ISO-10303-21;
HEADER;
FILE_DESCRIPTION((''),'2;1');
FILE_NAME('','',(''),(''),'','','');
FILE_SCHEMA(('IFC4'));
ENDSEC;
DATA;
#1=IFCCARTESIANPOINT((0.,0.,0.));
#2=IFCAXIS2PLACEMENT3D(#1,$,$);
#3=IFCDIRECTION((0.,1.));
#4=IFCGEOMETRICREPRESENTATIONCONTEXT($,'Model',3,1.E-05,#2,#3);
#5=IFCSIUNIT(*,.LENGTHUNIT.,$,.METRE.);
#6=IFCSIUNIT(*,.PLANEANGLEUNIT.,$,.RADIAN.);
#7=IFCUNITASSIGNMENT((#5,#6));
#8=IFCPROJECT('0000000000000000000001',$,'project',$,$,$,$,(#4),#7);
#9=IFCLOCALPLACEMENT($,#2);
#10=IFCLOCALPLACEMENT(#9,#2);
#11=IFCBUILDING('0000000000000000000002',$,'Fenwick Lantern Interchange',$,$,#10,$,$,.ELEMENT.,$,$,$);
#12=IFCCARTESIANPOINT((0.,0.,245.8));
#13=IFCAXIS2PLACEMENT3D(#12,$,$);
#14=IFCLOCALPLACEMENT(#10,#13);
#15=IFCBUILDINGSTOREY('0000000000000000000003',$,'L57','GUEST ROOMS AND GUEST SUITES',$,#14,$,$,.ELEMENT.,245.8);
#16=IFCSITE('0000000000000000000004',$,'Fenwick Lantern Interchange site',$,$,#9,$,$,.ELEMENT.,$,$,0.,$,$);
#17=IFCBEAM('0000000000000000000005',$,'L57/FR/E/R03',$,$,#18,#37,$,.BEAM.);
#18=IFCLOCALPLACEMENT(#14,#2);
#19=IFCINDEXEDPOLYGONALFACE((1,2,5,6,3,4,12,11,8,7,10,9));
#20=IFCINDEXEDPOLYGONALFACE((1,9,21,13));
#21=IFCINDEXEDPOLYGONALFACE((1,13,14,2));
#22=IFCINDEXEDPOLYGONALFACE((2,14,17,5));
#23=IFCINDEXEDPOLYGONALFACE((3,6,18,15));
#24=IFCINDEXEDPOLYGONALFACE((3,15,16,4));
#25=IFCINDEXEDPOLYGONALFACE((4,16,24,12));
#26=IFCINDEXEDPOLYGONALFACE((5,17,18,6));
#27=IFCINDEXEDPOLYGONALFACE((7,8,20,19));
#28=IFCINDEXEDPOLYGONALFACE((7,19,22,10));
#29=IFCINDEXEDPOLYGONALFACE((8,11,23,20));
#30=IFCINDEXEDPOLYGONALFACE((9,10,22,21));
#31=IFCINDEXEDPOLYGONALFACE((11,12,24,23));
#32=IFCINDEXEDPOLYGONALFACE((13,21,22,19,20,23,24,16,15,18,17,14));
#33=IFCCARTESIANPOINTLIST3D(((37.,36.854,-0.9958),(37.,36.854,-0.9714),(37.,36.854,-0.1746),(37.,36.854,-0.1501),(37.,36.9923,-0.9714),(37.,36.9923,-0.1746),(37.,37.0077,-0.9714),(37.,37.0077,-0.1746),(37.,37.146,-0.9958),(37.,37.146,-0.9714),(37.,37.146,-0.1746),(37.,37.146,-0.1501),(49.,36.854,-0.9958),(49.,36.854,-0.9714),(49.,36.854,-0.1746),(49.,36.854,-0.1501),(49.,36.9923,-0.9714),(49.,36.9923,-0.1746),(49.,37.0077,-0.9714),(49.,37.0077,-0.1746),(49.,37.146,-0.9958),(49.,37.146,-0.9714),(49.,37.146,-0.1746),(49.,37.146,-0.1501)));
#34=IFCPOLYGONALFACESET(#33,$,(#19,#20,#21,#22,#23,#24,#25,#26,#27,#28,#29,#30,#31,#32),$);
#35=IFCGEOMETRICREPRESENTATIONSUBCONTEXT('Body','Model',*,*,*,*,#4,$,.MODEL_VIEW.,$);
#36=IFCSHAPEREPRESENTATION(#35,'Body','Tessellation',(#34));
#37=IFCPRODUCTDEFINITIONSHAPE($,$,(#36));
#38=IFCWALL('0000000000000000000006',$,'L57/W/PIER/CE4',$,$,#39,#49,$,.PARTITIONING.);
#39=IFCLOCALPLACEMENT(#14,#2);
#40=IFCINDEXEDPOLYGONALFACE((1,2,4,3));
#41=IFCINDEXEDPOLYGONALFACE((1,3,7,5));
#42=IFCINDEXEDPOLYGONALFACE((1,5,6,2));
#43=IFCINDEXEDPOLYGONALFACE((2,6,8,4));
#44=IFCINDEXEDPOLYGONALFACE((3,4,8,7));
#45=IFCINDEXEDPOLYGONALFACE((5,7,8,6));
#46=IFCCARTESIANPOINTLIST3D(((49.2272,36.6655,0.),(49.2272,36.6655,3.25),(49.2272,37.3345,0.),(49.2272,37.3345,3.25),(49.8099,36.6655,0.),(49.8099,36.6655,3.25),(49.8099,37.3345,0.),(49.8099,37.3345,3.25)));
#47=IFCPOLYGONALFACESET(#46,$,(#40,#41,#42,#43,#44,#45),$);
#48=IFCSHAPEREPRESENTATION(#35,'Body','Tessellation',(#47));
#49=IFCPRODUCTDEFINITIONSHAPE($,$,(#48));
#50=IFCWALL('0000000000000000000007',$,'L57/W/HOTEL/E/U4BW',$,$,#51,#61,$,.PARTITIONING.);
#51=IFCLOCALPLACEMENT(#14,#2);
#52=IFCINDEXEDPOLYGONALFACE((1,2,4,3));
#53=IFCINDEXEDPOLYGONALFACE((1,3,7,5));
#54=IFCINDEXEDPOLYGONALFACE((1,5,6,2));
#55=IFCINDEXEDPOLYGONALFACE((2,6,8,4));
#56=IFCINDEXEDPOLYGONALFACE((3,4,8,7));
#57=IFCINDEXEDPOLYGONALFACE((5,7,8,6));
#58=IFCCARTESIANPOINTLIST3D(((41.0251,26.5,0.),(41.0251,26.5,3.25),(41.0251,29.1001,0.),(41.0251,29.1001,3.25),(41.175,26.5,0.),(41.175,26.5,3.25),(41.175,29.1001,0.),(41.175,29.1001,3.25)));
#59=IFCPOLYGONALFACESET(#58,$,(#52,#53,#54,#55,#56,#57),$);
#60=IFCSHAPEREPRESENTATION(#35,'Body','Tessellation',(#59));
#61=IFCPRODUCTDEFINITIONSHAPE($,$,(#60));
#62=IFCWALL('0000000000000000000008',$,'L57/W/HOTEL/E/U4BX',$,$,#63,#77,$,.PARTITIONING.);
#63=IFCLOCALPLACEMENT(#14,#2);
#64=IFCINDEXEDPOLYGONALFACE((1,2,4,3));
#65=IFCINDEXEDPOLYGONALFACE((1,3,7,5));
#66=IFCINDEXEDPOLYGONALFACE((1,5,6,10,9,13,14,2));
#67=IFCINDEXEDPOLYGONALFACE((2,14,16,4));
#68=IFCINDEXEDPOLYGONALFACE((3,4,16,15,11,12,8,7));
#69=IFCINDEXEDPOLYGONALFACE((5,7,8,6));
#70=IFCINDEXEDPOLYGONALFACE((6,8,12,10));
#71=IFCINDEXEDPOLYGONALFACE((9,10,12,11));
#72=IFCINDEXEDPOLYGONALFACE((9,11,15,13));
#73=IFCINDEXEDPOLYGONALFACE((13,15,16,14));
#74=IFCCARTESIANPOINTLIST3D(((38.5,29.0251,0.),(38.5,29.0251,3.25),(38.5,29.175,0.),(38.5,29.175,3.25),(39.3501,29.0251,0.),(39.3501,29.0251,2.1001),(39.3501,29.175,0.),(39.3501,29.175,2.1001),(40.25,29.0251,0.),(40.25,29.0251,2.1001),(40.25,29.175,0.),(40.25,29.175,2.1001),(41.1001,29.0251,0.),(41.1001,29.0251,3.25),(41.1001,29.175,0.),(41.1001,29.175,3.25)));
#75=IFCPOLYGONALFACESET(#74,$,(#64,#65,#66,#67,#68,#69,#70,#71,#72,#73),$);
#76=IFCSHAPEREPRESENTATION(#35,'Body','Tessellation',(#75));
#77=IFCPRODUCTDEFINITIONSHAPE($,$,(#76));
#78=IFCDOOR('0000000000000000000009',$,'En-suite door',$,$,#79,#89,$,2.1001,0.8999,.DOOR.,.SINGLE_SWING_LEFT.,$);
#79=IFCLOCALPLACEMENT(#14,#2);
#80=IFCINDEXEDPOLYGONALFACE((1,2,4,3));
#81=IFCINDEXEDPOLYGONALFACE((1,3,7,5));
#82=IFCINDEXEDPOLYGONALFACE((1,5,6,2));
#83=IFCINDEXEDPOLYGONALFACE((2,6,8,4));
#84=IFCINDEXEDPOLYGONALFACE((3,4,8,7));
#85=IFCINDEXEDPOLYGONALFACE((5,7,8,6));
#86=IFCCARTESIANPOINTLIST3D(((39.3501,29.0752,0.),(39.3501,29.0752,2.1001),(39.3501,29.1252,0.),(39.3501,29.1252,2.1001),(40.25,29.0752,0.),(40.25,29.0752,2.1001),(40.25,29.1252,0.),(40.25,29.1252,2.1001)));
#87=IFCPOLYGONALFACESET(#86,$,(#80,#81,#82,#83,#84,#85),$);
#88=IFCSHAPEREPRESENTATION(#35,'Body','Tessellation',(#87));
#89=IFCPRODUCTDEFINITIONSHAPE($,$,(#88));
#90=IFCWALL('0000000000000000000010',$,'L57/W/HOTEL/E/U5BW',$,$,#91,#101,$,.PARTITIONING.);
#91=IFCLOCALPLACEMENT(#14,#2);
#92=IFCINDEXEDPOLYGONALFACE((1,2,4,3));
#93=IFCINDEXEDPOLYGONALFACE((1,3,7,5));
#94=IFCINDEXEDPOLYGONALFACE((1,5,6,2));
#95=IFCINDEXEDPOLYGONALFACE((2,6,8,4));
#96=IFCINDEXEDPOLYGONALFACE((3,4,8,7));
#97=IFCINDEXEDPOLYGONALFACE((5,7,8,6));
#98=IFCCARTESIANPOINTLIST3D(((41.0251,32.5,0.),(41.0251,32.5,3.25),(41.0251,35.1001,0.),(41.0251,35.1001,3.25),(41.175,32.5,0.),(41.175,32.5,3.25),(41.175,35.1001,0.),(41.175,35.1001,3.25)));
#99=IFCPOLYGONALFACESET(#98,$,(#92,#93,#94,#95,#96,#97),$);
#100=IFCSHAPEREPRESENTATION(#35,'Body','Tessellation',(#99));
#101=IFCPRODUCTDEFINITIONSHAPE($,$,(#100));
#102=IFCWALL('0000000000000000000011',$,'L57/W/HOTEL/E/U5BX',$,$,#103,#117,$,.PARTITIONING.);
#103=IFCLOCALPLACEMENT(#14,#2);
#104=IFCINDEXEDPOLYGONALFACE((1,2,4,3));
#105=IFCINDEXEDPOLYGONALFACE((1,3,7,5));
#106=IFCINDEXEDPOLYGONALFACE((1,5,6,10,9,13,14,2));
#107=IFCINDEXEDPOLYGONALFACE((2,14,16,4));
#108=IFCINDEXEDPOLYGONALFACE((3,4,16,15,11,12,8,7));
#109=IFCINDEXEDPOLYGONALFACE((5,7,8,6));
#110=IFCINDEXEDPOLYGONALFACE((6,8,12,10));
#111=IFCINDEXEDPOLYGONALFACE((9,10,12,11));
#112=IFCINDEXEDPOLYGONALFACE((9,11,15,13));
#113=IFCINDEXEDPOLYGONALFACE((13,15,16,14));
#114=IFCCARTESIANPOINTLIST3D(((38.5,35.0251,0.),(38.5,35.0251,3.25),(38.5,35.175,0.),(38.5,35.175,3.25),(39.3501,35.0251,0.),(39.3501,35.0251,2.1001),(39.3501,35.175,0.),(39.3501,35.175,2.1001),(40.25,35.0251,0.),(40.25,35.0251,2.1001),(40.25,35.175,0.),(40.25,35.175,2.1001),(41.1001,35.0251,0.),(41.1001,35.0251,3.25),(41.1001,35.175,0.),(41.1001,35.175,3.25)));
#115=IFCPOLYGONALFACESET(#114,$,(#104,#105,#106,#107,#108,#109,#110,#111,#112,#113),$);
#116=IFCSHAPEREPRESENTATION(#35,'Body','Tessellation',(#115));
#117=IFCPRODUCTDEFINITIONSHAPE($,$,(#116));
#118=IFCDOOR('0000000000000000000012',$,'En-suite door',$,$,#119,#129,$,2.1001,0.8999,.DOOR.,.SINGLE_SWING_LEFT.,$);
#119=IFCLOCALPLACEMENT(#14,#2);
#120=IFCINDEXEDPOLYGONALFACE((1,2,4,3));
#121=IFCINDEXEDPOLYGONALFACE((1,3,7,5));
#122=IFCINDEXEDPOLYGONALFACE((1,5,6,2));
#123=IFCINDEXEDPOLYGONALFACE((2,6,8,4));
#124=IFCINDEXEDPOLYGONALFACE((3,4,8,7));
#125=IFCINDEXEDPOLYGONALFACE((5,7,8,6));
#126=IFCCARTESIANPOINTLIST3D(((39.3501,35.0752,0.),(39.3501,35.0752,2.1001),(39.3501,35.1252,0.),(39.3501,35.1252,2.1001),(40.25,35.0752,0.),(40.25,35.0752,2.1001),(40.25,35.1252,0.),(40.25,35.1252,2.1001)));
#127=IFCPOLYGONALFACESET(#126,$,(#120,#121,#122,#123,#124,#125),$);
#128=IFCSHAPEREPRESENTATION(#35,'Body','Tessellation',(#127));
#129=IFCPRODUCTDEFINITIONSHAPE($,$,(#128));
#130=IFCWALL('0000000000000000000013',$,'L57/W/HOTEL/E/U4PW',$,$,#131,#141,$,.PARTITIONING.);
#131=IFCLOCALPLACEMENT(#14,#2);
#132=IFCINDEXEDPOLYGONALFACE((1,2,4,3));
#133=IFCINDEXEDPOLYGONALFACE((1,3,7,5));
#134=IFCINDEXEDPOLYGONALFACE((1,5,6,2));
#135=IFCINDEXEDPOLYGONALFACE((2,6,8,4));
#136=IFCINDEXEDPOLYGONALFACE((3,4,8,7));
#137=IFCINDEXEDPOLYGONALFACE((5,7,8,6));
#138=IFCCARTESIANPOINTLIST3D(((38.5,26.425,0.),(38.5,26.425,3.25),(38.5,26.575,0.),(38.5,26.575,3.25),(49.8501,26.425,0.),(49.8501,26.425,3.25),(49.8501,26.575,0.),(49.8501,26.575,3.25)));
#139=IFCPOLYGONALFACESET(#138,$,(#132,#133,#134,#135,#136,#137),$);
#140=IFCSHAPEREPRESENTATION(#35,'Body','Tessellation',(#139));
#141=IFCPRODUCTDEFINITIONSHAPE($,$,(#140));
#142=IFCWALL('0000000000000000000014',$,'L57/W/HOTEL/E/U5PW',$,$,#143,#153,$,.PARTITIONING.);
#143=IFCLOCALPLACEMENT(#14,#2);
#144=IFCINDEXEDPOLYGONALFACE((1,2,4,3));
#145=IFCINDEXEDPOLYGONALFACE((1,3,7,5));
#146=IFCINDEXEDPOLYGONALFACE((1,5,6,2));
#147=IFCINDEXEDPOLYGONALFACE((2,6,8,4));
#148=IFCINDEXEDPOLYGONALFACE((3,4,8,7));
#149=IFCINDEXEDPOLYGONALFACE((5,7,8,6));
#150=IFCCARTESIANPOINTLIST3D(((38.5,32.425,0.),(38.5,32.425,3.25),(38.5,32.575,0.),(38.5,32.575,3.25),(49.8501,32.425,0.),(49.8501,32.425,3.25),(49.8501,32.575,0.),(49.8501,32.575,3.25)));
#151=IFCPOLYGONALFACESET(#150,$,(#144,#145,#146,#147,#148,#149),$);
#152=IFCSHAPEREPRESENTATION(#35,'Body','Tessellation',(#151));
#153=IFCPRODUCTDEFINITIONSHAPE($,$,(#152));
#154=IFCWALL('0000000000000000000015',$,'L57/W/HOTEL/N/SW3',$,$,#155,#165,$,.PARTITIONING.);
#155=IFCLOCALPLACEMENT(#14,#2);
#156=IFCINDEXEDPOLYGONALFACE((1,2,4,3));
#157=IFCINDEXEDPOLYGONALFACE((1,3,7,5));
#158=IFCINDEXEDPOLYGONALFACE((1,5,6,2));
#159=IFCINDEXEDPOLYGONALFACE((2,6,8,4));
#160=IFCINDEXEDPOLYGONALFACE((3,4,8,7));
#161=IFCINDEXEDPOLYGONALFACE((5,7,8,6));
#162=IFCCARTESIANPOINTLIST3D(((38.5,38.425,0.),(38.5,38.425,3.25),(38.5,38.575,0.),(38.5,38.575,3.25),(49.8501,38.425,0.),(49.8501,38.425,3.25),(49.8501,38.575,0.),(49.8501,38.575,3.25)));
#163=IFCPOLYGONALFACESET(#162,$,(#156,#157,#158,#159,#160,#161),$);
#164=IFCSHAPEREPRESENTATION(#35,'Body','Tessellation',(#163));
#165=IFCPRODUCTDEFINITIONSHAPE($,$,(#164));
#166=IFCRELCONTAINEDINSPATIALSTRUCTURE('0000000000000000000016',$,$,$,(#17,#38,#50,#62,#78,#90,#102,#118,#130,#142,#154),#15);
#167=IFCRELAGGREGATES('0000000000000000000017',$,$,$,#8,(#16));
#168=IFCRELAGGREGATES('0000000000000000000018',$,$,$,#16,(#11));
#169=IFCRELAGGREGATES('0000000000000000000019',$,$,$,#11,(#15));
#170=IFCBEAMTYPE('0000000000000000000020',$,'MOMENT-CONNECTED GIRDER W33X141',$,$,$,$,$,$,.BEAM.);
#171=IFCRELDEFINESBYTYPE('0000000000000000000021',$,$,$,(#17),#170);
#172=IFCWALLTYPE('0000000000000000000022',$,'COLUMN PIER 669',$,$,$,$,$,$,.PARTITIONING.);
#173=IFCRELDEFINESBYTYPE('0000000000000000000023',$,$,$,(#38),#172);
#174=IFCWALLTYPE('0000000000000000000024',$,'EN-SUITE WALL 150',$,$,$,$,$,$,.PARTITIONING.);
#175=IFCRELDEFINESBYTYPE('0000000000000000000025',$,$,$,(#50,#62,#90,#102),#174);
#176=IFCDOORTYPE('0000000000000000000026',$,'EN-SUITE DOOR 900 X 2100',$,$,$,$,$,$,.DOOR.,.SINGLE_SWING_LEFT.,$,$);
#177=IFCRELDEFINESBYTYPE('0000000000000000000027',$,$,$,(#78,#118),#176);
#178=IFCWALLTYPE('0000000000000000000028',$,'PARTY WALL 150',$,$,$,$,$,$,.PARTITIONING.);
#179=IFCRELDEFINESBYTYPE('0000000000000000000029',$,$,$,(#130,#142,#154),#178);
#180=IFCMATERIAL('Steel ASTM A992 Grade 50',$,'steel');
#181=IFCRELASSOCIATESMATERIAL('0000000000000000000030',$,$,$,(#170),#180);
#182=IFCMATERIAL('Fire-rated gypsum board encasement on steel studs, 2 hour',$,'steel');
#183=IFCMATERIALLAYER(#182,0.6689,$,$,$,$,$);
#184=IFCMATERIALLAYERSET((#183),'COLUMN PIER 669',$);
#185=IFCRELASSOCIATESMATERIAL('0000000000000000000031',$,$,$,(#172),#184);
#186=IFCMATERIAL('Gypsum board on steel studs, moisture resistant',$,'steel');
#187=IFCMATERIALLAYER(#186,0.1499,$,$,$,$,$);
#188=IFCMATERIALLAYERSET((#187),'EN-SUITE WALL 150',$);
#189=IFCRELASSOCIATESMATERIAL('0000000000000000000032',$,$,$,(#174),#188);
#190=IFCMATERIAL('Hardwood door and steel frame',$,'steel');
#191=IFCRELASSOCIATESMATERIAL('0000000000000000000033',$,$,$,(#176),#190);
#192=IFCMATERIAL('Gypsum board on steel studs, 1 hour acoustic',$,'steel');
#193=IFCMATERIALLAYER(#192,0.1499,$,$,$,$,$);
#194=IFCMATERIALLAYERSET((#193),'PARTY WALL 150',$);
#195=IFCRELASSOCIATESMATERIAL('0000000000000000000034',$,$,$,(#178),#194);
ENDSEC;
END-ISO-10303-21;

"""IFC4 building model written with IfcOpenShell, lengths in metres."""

from ifc_helpers import new_model, si_unit, direction, frame, frame_2d, origin, origin_2d, place, context, subcontext, project, spatial, rectangle, i_section, extrude, material, layer, layer_set, material_profile, profile_set, type_object, element, fill, save


model = new_model("IFC4")

# Units and contexts
model_context = context("Model", 3, precision=1e-05, world=origin(), true_north=direction((0.0, 1.0)))
body_context = subcontext(model_context, "Body", "Model", "MODEL_VIEW")
ifc_project = project(units=[si_unit("LENGTHUNIT", "METRE"), si_unit("PLANEANGLEUNIT", "RADIAN")], contexts=[model_context])

# Site, building, storey
site_placement = place(None, origin())
site = spatial("IfcSite", under=ifc_project, at=site_placement, Name="Fenwick Lantern Interchange site", CompositionType="ELEMENT", RefElevation=0.0)
building_placement = place(site_placement, origin())
building = spatial("IfcBuilding", under=site, at=building_placement, Name="Fenwick Lantern Interchange", CompositionType="ELEMENT")
storey_placement = place(building_placement, frame((0.0, 0.0, 245.8)))
storey = spatial("IfcBuildingStorey", under=building, at=storey_placement, Name="L57", Description="GUEST ROOMS AND GUEST SUITES", CompositionType="ELEMENT", Elevation=245.8)

# Shared definitions
ifc_material_1 = material(Name="Steel ASTM A992 Grade 50", Category="steel")

# Beam
ifc_material_profile_1 = material_profile(ifc_material_1, i_section(OverallWidth=0.292, OverallDepth=0.8457, WebThickness=0.0154, FlangeThickness=0.0244, at=origin_2d()), Name="W33X141")
ifc_profile_set_1 = profile_set([ifc_material_profile_1], Name="Steel ASTM A992 Grade 50")
beam_type_1 = type_object("IfcBeamType", Name="MOMENT-CONNECTED GIRDER W33X141", PredefinedType="BEAM", material=ifc_profile_set_1)
beam_1_placement = place(storey_placement, frame((49.0, 37.0, -0.573), z_axis=(-1.0, 0.0, 0.0), x_axis=(0.0, -1.0, 0.0)))
element("IfcBeam", 1, at=beam_1_placement, inside=storey, type_object=beam_type_1, Name="L57/FR/E/R03", PredefinedType="BEAM", context=body_context, shape_type="SweptSolid", body=[
    extrude(i_section(OverallWidth=0.292, OverallDepth=0.8457, WebThickness=0.0154, FlangeThickness=0.0244, at=origin_2d()), origin(), (0.0, 0.0, 1.0), 12.0),
])

# Walls
ifc_material_2 = material(Name="Fire-rated gypsum board encasement on steel studs, 2 hour", Category="steel")
ifc_layer_1 = layer(ifc_material_2, 0.6689)
ifc_layer_set_1 = layer_set([ifc_layer_1], Name="COLUMN PIER 669")
wall_type_1 = type_object("IfcWallType", Name="COLUMN PIER 669", PredefinedType="PARTITIONING", material=ifc_layer_set_1)
wall_1_placement = place(storey_placement, frame((49.8101, 37.0, 0.0), z_axis=(0.0, 0.0, 1.0), x_axis=(-1.0, 0.0, 0.0)))
element("IfcWall", 2, at=wall_1_placement, inside=storey, type_object=wall_type_1, Name="L57/W/PIER/CE4", PredefinedType="PARTITIONING", context=body_context, shape_type="SweptSolid", body=[
    extrude(rectangle(XDim=0.5828, YDim=0.6689, at=frame_2d((0.2915, 0.0))), origin(), (0.0, 0.0, 1.0), 3.25),
])
ifc_material_3 = material(Name="Gypsum board on steel studs, moisture resistant", Category="steel")
ifc_layer_2 = layer(ifc_material_3, 0.1499)
ifc_layer_set_2 = layer_set([ifc_layer_2], Name="EN-SUITE WALL 150")
wall_type_2 = type_object("IfcWallType", Name="EN-SUITE WALL 150", PredefinedType="PARTITIONING", material=ifc_layer_set_2)
wall_2_placement = place(storey_placement, frame((41.1001, 26.5, 0.0), z_axis=(0.0, 0.0, 1.0), x_axis=(0.0, 1.0, 0.0)))
element("IfcWall", 3, at=wall_2_placement, inside=storey, type_object=wall_type_2, Name="L57/W/HOTEL/E/U4BW", PredefinedType="PARTITIONING", context=body_context, shape_type="SweptSolid", body=[
    extrude(rectangle(XDim=2.6001, YDim=0.1499, at=frame_2d((1.3, 0.0))), origin(), (0.0, 0.0, 1.0), 3.25),
])

# Wall, opening, door
wall_3_placement = place(storey_placement, frame((41.1001, 29.1001, 0.0), z_axis=(0.0, 0.0, 1.0), x_axis=(-1.0, 0.0, 0.0)))
wall_3 = element("IfcWall", 4, at=wall_3_placement, inside=storey, type_object=wall_type_2, Name="L57/W/HOTEL/E/U4BX", PredefinedType="PARTITIONING", context=body_context, shape_type="SweptSolid", body=[
    extrude(rectangle(XDim=2.6001, YDim=0.1499, at=frame_2d((1.3, 0.0))), origin(), (0.0, 0.0, 1.0), 3.25),
])
opening_1_placement = place(wall_3_placement, frame((0.8501, 0.0, 0.0)))
opening_1 = element("IfcOpeningElement", 5, at=opening_1_placement, cuts=wall_3, PredefinedType="OPENING", context=body_context, shape_type="SweptSolid", body=[
    extrude(rectangle(XDim=0.8999, YDim=2.1001, at=frame_2d((0.45, 1.05))), frame((0.0, 0.085, 0.0), z_axis=(0.0, -1.0, 0.0), x_axis=(1.0, 0.0, 0.0)), (0.0, 0.0, 1.0), 0.1699),
])
ifc_material_4 = material(Name="Hardwood door and steel frame", Category="steel")
door_type = type_object("IfcDoorType", Name="EN-SUITE DOOR 900 X 2100", OperationType="SINGLE_SWING_LEFT", PredefinedType="DOOR", material=ifc_material_4)
door_1_placement = place(opening_1_placement, origin())
door_1 = element("IfcDoor", 6, at=door_1_placement, inside=storey, type_object=door_type, Name="En-suite door", OperationType="SINGLE_SWING_LEFT", OverallHeight=2.1001, OverallWidth=0.8999, PredefinedType="DOOR", context=body_context, shape_type="SweptSolid", body=[
    extrude(rectangle(XDim=0.8999, YDim=2.1001, at=frame_2d((0.45, 1.05))), frame((0.0, 0.0249, 0.0), z_axis=(0.0, -1.0, 0.0), x_axis=(1.0, 0.0, 0.0)), (0.0, 0.0, 1.0), 0.05),
])
fill(opening_1, door_1)

# Wall
wall_4_placement = place(storey_placement, frame((41.1001, 32.5, 0.0), z_axis=(0.0, 0.0, 1.0), x_axis=(0.0, 1.0, 0.0)))
element("IfcWall", 7, at=wall_4_placement, inside=storey, type_object=wall_type_2, Name="L57/W/HOTEL/E/U5BW", PredefinedType="PARTITIONING", context=body_context, shape_type="SweptSolid", body=[
    extrude(rectangle(XDim=2.6001, YDim=0.1499, at=frame_2d((1.3, 0.0))), origin(), (0.0, 0.0, 1.0), 3.25),
])

# Wall, opening, door
wall_5_placement = place(storey_placement, frame((41.1001, 35.1001, 0.0), z_axis=(0.0, 0.0, 1.0), x_axis=(-1.0, 0.0, 0.0)))
wall_5 = element("IfcWall", 8, at=wall_5_placement, inside=storey, type_object=wall_type_2, Name="L57/W/HOTEL/E/U5BX", PredefinedType="PARTITIONING", context=body_context, shape_type="SweptSolid", body=[
    extrude(rectangle(XDim=2.6001, YDim=0.1499, at=frame_2d((1.3, 0.0))), origin(), (0.0, 0.0, 1.0), 3.25),
])
opening_2_placement = place(wall_5_placement, frame((0.8501, 0.0, 0.0)))
opening_2 = element("IfcOpeningElement", 9, at=opening_2_placement, cuts=wall_5, PredefinedType="OPENING", context=body_context, shape_type="SweptSolid", body=[
    extrude(rectangle(XDim=0.8999, YDim=2.1001, at=frame_2d((0.45, 1.05))), frame((0.0, 0.085, 0.0), z_axis=(0.0, -1.0, 0.0), x_axis=(1.0, 0.0, 0.0)), (0.0, 0.0, 1.0), 0.1699),
])
door_2_placement = place(opening_2_placement, origin())
door_2 = element("IfcDoor", 10, at=door_2_placement, inside=storey, type_object=door_type, Name="En-suite door", OperationType="SINGLE_SWING_LEFT", OverallHeight=2.1001, OverallWidth=0.8999, PredefinedType="DOOR", context=body_context, shape_type="SweptSolid", body=[
    extrude(rectangle(XDim=0.8999, YDim=2.1001, at=frame_2d((0.45, 1.05))), frame((0.0, 0.0249, 0.0), z_axis=(0.0, -1.0, 0.0), x_axis=(1.0, 0.0, 0.0)), (0.0, 0.0, 1.0), 0.05),
])
fill(opening_2, door_2)

# Walls
ifc_material_5 = material(Name="Gypsum board on steel studs, 1 hour acoustic", Category="steel")
ifc_layer_3 = layer(ifc_material_5, 0.1499)
ifc_layer_set_3 = layer_set([ifc_layer_3], Name="PARTY WALL 150")
wall_type_3 = type_object("IfcWallType", Name="PARTY WALL 150", PredefinedType="PARTITIONING", material=ifc_layer_set_3)
for number, where, z_axis, x_axis, name in (
    (11, (49.8501, 26.5, 0.0), (0.0, 0.0, 1.0), (-1.0, 0.0, 0.0), "L57/W/HOTEL/E/U4PW"),
    (12, (49.8501, 32.5, 0.0), (0.0, 0.0, 1.0), (-1.0, 0.0, 0.0), "L57/W/HOTEL/E/U5PW"),
    (13, (49.8501, 38.5, 0.0), (0.0, 0.0, 1.0), (-1.0, 0.0, 0.0), "L57/W/HOTEL/N/SW3"),
):
    element("IfcWall", number, at=place(storey_placement, frame(where, z_axis=z_axis, x_axis=x_axis)), inside=storey, type_object=wall_type_3, Name=name, PredefinedType="PARTITIONING", context=body_context, shape_type="SweptSolid", body=[
        extrude(rectangle(XDim=11.3501, YDim=0.1499, at=frame_2d((5.675, 0.0))), origin(), (0.0, 0.0, 1.0), 3.25),
    ])

save(model, "model.ifc")
